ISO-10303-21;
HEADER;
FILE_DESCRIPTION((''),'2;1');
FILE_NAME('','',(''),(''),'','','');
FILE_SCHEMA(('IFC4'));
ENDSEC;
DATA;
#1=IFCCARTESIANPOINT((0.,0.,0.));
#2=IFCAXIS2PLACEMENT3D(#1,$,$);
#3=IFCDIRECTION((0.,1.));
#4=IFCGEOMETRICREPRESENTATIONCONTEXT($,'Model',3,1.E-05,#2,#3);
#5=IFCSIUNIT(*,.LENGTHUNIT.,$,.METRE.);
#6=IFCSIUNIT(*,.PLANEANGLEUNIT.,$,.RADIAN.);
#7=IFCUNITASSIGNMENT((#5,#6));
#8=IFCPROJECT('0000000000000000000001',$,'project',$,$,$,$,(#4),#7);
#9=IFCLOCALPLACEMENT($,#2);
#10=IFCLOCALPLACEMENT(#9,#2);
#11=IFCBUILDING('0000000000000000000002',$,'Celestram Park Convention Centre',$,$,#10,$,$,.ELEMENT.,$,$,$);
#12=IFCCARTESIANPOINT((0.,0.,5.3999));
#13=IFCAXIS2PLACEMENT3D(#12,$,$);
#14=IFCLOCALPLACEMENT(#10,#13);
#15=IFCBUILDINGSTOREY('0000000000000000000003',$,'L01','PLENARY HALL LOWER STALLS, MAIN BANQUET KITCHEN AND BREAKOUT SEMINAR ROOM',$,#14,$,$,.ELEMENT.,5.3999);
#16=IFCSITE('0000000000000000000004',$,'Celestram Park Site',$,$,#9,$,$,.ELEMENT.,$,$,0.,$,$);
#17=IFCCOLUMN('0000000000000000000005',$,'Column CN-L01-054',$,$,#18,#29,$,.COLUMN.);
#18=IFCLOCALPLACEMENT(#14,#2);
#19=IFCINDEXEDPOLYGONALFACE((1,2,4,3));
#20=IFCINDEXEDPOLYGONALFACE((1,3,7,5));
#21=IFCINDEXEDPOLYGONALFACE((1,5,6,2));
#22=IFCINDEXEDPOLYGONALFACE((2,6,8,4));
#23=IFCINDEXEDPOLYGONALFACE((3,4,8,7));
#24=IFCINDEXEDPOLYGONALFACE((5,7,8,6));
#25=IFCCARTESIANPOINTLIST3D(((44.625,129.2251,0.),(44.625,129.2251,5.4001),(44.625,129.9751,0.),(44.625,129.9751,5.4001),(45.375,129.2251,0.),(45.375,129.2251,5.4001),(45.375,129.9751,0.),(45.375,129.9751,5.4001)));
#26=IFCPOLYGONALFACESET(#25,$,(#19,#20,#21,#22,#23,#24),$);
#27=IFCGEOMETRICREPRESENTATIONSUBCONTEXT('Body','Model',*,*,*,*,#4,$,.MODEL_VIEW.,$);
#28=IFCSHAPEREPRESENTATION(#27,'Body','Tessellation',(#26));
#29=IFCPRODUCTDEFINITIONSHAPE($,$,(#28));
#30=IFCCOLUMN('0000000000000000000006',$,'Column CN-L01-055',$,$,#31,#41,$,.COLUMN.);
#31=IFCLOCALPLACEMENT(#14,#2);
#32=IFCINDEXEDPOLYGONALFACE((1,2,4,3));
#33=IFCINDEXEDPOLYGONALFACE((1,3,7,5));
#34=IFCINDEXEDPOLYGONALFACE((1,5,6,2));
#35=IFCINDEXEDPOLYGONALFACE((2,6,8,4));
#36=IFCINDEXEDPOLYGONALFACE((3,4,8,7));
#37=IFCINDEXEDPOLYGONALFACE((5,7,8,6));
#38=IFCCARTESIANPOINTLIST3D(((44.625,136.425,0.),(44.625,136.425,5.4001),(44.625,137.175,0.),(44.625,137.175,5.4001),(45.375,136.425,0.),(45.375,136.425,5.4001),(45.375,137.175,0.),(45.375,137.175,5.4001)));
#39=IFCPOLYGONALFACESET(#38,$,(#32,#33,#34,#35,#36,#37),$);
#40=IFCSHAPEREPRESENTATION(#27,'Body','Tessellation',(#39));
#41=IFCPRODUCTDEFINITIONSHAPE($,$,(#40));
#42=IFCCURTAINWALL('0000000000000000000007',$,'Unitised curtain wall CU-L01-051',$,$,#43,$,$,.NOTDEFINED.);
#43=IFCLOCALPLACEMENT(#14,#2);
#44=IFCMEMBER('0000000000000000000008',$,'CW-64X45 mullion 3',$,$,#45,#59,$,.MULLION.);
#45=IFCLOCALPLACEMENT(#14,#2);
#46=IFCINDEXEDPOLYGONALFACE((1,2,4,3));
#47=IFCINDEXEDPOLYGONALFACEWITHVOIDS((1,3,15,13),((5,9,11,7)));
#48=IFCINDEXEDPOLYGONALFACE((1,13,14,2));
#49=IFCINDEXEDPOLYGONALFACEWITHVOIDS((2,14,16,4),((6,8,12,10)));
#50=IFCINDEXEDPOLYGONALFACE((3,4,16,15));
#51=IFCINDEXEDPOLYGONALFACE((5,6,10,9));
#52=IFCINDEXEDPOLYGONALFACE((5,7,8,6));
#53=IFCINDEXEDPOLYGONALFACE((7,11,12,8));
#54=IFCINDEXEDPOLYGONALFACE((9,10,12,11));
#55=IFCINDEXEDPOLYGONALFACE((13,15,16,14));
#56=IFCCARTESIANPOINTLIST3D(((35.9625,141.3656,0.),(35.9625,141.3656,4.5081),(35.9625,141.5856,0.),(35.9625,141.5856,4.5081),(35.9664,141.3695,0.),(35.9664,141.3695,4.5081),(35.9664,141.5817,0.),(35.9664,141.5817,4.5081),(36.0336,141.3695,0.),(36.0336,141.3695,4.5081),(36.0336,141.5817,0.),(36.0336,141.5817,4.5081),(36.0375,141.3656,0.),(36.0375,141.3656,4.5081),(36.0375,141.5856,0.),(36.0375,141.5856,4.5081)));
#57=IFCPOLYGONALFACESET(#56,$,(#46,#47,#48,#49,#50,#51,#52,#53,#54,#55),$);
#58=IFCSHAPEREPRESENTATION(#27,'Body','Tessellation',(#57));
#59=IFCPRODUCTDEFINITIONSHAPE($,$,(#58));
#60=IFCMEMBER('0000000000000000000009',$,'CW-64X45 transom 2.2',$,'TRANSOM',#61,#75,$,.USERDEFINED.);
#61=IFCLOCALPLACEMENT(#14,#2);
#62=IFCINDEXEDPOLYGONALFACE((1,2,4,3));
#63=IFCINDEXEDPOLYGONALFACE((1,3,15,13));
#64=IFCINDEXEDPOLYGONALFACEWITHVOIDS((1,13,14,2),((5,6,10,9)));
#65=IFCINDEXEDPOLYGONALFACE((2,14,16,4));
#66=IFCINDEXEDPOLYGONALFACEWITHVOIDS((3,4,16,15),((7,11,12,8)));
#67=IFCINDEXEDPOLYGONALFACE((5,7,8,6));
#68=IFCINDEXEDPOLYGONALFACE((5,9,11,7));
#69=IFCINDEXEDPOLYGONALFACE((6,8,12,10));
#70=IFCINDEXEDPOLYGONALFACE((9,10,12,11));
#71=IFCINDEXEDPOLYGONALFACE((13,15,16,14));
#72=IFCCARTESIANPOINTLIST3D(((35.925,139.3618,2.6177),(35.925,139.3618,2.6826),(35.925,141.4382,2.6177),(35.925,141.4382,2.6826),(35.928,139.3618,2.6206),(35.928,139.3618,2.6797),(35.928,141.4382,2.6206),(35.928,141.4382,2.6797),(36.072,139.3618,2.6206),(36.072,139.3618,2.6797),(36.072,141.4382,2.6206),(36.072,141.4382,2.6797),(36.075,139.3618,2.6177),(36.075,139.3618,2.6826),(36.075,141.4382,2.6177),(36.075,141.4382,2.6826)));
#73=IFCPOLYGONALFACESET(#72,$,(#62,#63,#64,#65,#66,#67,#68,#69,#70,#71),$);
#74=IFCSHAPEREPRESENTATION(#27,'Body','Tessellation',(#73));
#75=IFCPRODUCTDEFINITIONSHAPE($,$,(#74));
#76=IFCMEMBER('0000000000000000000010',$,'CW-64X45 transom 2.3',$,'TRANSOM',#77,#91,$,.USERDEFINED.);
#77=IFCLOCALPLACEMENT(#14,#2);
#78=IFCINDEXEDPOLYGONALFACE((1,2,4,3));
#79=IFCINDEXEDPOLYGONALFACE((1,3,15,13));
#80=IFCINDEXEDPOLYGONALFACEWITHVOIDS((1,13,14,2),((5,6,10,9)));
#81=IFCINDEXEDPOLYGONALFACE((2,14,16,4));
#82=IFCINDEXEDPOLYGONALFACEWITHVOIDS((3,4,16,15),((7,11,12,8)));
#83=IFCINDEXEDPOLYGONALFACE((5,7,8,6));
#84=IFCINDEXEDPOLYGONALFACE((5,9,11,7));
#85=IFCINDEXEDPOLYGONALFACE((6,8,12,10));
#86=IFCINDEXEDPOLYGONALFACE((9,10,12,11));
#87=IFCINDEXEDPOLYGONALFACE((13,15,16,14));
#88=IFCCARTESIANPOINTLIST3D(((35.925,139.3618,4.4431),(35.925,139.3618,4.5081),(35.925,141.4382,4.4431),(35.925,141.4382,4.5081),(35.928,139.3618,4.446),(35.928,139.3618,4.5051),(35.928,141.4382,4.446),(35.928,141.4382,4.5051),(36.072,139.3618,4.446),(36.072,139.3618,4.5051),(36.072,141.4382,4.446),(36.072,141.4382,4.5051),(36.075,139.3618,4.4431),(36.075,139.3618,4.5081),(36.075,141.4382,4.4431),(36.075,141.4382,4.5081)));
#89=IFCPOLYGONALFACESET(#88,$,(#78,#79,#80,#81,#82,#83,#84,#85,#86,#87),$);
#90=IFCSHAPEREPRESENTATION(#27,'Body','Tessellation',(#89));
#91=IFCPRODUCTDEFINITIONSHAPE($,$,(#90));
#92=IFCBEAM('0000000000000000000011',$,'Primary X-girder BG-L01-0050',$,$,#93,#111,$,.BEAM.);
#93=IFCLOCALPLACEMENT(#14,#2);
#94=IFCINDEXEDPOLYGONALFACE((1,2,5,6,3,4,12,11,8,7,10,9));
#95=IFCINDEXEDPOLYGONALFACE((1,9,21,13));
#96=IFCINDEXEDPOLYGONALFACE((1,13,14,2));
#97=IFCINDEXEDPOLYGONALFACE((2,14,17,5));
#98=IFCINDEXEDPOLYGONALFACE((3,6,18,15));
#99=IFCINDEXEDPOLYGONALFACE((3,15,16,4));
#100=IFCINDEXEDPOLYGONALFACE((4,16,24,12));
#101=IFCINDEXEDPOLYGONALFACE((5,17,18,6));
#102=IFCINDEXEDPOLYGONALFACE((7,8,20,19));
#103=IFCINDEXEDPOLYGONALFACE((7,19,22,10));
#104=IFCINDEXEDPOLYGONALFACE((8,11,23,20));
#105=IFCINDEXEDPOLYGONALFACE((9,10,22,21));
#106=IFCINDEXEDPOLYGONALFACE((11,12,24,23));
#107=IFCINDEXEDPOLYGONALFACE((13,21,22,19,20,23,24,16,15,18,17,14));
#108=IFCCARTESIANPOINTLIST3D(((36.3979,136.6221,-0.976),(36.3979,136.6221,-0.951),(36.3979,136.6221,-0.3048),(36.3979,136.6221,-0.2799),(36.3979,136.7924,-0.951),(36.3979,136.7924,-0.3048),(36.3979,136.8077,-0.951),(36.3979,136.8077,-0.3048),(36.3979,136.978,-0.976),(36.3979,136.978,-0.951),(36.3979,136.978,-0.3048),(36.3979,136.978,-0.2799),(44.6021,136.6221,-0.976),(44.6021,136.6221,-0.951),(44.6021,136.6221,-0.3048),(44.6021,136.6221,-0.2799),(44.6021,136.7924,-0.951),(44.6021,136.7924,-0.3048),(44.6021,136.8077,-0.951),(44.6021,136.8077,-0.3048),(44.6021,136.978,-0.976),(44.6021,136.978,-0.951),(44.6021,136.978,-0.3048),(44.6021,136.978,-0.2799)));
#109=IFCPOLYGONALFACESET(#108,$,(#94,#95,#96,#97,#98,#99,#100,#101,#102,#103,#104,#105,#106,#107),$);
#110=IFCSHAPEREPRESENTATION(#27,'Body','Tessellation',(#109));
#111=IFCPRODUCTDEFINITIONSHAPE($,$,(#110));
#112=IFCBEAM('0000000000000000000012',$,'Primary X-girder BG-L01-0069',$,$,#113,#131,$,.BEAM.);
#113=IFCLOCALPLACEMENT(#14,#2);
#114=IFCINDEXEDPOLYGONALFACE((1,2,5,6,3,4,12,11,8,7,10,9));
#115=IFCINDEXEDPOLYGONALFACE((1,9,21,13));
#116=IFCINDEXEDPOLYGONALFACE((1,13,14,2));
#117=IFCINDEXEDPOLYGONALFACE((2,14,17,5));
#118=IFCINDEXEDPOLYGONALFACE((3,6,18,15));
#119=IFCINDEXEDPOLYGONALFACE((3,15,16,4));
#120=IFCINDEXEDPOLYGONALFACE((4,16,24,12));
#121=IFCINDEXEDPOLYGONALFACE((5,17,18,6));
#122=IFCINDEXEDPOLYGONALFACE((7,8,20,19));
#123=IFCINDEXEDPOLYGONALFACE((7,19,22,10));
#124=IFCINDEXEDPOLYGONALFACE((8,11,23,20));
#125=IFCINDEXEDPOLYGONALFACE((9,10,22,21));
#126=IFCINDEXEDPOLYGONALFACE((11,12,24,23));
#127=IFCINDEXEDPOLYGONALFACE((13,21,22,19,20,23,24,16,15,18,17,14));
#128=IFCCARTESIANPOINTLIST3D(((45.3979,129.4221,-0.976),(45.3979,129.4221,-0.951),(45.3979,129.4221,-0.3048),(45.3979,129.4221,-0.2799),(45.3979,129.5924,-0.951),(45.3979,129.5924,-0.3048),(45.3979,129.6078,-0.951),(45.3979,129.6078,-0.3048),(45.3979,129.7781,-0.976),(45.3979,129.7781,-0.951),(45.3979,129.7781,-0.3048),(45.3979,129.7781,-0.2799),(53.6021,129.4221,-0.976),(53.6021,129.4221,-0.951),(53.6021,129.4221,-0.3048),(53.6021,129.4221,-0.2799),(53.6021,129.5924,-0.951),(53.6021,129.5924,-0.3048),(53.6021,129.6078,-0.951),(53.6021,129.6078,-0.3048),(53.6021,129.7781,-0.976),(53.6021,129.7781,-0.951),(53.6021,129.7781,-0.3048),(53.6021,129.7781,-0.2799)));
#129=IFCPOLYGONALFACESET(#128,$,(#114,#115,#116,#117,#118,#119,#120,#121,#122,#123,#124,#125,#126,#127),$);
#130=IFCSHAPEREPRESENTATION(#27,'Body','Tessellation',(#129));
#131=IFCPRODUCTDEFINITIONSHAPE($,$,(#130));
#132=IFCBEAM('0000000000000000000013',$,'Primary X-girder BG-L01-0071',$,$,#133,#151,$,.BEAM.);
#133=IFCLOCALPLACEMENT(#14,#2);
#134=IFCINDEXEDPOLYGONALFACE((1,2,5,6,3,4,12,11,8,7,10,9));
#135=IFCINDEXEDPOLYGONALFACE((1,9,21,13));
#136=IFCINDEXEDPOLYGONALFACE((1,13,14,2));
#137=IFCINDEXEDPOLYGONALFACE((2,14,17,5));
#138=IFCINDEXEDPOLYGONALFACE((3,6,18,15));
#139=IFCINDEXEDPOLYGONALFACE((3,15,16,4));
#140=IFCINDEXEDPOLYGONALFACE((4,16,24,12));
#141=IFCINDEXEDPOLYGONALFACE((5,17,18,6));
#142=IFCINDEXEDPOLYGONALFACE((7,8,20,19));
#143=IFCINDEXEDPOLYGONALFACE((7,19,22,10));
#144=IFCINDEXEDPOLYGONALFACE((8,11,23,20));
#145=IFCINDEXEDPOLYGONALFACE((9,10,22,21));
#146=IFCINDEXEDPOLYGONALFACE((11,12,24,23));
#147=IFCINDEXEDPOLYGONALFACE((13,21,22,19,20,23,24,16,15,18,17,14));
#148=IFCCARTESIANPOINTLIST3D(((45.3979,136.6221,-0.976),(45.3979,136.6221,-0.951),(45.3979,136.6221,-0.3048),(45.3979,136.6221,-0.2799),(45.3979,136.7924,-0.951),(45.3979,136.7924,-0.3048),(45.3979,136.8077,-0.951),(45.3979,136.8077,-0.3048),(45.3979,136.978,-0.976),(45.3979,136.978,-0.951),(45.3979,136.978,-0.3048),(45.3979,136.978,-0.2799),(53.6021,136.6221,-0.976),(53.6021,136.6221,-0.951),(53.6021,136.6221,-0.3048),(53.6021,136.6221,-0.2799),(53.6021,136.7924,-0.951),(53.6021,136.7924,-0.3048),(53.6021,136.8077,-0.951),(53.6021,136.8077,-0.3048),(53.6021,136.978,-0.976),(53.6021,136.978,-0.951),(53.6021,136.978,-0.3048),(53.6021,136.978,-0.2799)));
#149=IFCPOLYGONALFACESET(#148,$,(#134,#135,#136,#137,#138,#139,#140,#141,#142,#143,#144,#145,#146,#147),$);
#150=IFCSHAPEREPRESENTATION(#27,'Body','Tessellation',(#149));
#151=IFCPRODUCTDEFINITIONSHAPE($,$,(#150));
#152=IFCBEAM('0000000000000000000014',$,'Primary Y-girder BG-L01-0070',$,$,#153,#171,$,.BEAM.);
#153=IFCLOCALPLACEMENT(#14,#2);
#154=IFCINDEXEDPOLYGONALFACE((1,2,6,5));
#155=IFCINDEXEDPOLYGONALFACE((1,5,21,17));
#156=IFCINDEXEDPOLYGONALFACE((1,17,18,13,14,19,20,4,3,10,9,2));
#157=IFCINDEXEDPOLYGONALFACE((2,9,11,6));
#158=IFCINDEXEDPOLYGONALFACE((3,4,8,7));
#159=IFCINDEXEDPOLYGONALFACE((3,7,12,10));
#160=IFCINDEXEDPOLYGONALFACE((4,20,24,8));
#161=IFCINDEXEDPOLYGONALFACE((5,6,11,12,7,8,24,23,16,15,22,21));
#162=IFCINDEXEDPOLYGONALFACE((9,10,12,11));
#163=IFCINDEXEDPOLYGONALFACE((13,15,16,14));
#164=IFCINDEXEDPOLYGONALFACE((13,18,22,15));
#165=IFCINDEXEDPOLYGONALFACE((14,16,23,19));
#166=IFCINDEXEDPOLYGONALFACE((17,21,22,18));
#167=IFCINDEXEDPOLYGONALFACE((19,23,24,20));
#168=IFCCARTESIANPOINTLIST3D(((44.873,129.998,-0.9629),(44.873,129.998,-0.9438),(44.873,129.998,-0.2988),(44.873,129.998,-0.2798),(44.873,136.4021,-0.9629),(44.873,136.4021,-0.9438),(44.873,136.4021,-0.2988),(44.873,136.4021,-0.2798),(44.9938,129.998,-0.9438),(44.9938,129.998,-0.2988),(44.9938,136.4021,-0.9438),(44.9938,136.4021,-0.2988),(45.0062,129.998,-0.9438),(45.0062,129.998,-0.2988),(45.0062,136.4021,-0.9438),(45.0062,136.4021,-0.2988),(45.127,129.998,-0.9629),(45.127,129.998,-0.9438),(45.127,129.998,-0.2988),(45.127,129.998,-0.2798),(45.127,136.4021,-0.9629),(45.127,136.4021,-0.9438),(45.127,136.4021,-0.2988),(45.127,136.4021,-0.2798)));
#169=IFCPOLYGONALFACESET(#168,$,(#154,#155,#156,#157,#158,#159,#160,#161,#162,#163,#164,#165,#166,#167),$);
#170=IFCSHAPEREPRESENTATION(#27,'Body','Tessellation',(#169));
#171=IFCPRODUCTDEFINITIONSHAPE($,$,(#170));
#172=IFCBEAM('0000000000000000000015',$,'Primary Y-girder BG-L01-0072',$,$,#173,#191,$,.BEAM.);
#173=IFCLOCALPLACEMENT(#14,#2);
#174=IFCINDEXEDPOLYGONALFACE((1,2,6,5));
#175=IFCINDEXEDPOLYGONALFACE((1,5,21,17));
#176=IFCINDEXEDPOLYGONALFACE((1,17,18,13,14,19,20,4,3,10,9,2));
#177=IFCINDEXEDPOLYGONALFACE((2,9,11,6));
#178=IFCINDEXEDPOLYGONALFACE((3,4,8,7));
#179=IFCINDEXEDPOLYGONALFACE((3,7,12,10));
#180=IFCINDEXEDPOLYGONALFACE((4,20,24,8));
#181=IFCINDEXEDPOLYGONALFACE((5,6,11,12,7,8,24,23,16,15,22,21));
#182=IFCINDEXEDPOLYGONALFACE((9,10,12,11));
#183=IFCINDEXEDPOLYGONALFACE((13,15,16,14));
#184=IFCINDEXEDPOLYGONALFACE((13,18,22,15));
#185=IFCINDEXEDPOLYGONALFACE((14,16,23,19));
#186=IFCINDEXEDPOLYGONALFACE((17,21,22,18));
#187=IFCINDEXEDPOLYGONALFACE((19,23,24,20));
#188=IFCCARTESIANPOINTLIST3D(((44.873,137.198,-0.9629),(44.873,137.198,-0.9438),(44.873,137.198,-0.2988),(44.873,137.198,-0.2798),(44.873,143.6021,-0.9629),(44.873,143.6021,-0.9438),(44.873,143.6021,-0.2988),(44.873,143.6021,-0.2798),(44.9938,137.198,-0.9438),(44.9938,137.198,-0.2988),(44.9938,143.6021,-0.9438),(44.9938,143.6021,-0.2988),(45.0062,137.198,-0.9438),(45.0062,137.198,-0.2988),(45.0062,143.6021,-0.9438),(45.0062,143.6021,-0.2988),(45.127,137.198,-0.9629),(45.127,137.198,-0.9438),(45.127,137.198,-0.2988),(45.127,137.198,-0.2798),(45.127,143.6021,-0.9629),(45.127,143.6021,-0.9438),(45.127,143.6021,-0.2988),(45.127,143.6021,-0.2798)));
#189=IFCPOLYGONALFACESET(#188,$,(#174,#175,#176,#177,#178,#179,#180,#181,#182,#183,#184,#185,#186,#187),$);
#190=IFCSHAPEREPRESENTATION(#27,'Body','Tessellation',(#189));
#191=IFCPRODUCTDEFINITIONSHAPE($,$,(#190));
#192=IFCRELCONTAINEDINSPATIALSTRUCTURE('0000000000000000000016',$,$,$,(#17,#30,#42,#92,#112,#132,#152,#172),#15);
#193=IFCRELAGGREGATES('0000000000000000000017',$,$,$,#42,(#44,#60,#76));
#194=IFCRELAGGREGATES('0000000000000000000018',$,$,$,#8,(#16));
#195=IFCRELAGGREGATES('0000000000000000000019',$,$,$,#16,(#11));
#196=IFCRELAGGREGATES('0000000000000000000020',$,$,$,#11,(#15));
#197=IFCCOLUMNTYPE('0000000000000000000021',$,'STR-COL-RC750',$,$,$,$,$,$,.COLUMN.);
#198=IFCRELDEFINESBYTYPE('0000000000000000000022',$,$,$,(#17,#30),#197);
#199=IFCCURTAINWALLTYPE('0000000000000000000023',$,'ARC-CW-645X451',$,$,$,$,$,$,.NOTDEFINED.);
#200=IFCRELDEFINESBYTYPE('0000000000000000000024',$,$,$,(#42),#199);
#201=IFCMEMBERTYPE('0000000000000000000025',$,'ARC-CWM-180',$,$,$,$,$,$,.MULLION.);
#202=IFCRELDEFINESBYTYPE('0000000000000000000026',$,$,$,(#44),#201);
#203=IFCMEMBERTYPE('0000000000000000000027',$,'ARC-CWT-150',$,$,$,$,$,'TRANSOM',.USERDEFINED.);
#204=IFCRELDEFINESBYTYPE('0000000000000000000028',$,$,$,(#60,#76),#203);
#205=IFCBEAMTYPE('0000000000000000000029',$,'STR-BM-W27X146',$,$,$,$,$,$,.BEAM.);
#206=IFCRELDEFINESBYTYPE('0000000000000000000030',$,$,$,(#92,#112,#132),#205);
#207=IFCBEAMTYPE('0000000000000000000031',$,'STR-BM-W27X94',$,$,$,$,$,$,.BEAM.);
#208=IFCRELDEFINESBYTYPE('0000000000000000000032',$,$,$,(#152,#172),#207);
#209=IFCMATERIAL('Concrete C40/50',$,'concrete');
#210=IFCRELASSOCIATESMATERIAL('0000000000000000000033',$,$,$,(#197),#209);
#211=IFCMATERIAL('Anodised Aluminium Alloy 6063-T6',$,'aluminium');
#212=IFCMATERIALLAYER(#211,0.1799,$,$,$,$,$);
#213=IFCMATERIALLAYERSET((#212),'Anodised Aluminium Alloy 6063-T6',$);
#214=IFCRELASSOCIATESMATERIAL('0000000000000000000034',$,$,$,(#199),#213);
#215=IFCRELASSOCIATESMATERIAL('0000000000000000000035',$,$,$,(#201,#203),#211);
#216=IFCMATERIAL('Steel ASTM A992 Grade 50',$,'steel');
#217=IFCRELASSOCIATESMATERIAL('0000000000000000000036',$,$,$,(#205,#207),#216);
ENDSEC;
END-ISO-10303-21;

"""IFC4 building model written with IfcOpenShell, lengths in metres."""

from ifc_helpers import new_model, si_unit, direction, frame, origin, origin_2d, place, context, subcontext, project, spatial, rectangle, hollow_rectangle, i_section, extrude, material, layer, layer_set, material_profile, profile_set, type_object, element, aggregate, save


model = new_model("IFC4")

# Units and contexts
model_context = context("Model", 3, precision=1e-05, world=origin(), true_north=direction((0.0, 1.0)))
body_context = subcontext(model_context, "Body", "Model", "MODEL_VIEW")
ifc_project = project(units=[si_unit("LENGTHUNIT", "METRE"), si_unit("PLANEANGLEUNIT", "RADIAN")], contexts=[model_context])

# Site, building, storey
site_placement = place(None, origin())
site = spatial("IfcSite", under=ifc_project, at=site_placement, Name="Celestram Park Site", CompositionType="ELEMENT", RefElevation=0.0)
building_placement = place(site_placement, origin())
building = spatial("IfcBuilding", under=site, at=building_placement, Name="Celestram Park Convention Centre", CompositionType="ELEMENT")
storey_placement = place(building_placement, frame((0.0, 0.0, 5.3999)))
storey = spatial("IfcBuildingStorey", under=building, at=storey_placement, Name="L01", Description="PLENARY HALL LOWER STALLS, MAIN BANQUET KITCHEN AND BREAKOUT SEMINAR ROOM", CompositionType="ELEMENT", Elevation=5.3999)

# Columns
ifc_material_1 = material(Name="Concrete C40/50", Category="concrete")
ifc_material_profile_1 = material_profile(ifc_material_1, rectangle(XDim=0.75, YDim=0.75, at=origin_2d()), Name="RC750X750")
ifc_profile_set_1 = profile_set([ifc_material_profile_1], Name="Concrete C40/50")
column_type = type_object("IfcColumnType", Name="STR-COL-RC750", PredefinedType="COLUMN", material=ifc_profile_set_1)
for number, where, z_axis, x_axis, name in (
    (1, (45.0, 129.6001, 0.0), (0.0, 0.0, 1.0), (1.0, 0.0, 0.0), "Column CN-L01-054"),
    (2, (45.0, 136.8, 0.0), (0.0, 0.0, 1.0), (1.0, 0.0, 0.0), "Column CN-L01-055"),
):
    element("IfcColumn", number, at=place(storey_placement, frame(where, z_axis=z_axis, x_axis=x_axis)), inside=storey, type_object=column_type, Name=name, PredefinedType="COLUMN", context=body_context, shape_type="SweptSolid", body=[
        extrude(rectangle(XDim=0.75, YDim=0.75, at=origin_2d()), origin(), (0.0, 0.0, 1.0), 5.4001),
    ])

# Curtain wall, members
ifc_material_2 = material(Name="Anodised Aluminium Alloy 6063-T6", Category="aluminium")
ifc_layer_1 = layer(ifc_material_2, 0.1799)
ifc_layer_set_1 = layer_set([ifc_layer_1], Name="Anodised Aluminium Alloy 6063-T6")
curtain_wall_type = type_object("IfcCurtainWallType", Name="ARC-CW-645X451", PredefinedType="NOTDEFINED", material=ifc_layer_set_1)
curtain_wall_placement = place(storey_placement, origin())
curtain_wall = element("IfcCurtainWall", 3, at=curtain_wall_placement, inside=storey, type_object=curtain_wall_type, Name="Unitised curtain wall CU-L01-051", PredefinedType="NOTDEFINED")
ifc_material_profile_2 = material_profile(ifc_material_2, hollow_rectangle(XDim=0.075, YDim=0.22, WallThickness=0.0039, at=origin_2d()), Name="ALU75X220X4")
ifc_profile_set_2 = profile_set([ifc_material_profile_2], Name="Anodised Aluminium Alloy 6063-T6")
member_type_1 = type_object("IfcMemberType", Name="ARC-CWM-180", PredefinedType="MULLION", material=ifc_profile_set_2)
member_1_placement = place(storey_placement, frame((36.0, 141.4756, 0.0), z_axis=(0.0, 0.0, 1.0), x_axis=(-1.0, 0.0, 0.0)))
member_1 = element("IfcMember", 4, at=member_1_placement, type_object=member_type_1, Name="CW-64X45 mullion 3", PredefinedType="MULLION", context=body_context, shape_type="SweptSolid", body=[
    extrude(hollow_rectangle(XDim=0.075, YDim=0.22, WallThickness=0.0039, at=origin_2d()), origin(), (0.0, 0.0, 1.0), 4.5081),
])
ifc_material_profile_3 = material_profile(ifc_material_2, hollow_rectangle(XDim=0.1499, YDim=0.0649, WallThickness=0.0029, at=origin_2d()), Name="ALU150X65X3")
ifc_profile_set_3 = profile_set([ifc_material_profile_3], Name="Anodised Aluminium Alloy 6063-T6")
member_type_2 = type_object("IfcMemberType", Name="ARC-CWT-150", ElementType="TRANSOM", PredefinedType="USERDEFINED", material=ifc_profile_set_3)
member_2_placement = place(storey_placement, frame((36.0, 139.3618, 2.6501), z_axis=(0.0, 1.0, 0.0), x_axis=(-1.0, 0.0, 0.0)))
member_2 = element("IfcMember", 5, at=member_2_placement, type_object=member_type_2, Name="CW-64X45 transom 2.2", ObjectType="TRANSOM", PredefinedType="USERDEFINED", context=body_context, shape_type="SweptSolid", body=[
    extrude(hollow_rectangle(XDim=0.1499, YDim=0.0649, WallThickness=0.0029, at=origin_2d()), origin(), (0.0, 0.0, 1.0), 2.0764),
])
member_3_placement = place(storey_placement, frame((36.0, 139.3618, 4.4756), z_axis=(0.0, 1.0, 0.0), x_axis=(-1.0, 0.0, 0.0)))
member_3 = element("IfcMember", 6, at=member_3_placement, type_object=member_type_2, Name="CW-64X45 transom 2.3", ObjectType="TRANSOM", PredefinedType="USERDEFINED", context=body_context, shape_type="SweptSolid", body=[
    extrude(hollow_rectangle(XDim=0.1499, YDim=0.0649, WallThickness=0.0029, at=origin_2d()), origin(), (0.0, 0.0, 1.0), 2.0764),
])

# Beams
ifc_material_3 = material(Name="Steel ASTM A992 Grade 50", Category="steel")
ifc_material_profile_4 = material_profile(ifc_material_3, i_section(OverallWidth=0.356, OverallDepth=0.696, WebThickness=0.0154, FlangeThickness=0.0249, at=origin_2d()), Name="W27X146")
ifc_profile_set_4 = profile_set([ifc_material_profile_4], Name="Steel ASTM A992 Grade 50")
beam_type_1 = type_object("IfcBeamType", Name="STR-BM-W27X146", PredefinedType="BEAM", material=ifc_profile_set_4)
for number, where, z_axis, x_axis, name in (
    (7, (36.3979, 136.8, -0.6279), (1.0, 0.0, 0.0), (0.0, 1.0, 0.0), "Primary X-girder BG-L01-0050"),
    (8, (45.3979, 129.6001, -0.6279), (1.0, 0.0, 0.0), (0.0, 1.0, 0.0), "Primary X-girder BG-L01-0069"),
    (9, (45.3979, 136.8, -0.6279), (1.0, 0.0, 0.0), (0.0, 1.0, 0.0), "Primary X-girder BG-L01-0071"),
):
    element("IfcBeam", number, at=place(storey_placement, frame(where, z_axis=z_axis, x_axis=x_axis)), inside=storey, type_object=beam_type_1, Name=name, PredefinedType="BEAM", context=body_context, shape_type="SweptSolid", body=[
        extrude(i_section(OverallWidth=0.356, OverallDepth=0.696, WebThickness=0.0154, FlangeThickness=0.0249, at=origin_2d()), origin(), (0.0, 0.0, 1.0), 8.2041),
    ])
ifc_material_profile_5 = material_profile(ifc_material_3, i_section(OverallWidth=0.2539, OverallDepth=0.6831, WebThickness=0.0125, FlangeThickness=0.019, at=origin_2d()), Name="W27X94")
ifc_profile_set_5 = profile_set([ifc_material_profile_5], Name="Steel ASTM A992 Grade 50")
beam_type_2 = type_object("IfcBeamType", Name="STR-BM-W27X94", PredefinedType="BEAM", material=ifc_profile_set_5)
for number, where, z_axis, x_axis, name in (
    (10, (45.0, 129.998, -0.6213), (0.0, 1.0, 0.0), (-1.0, 0.0, 0.0), "Primary Y-girder BG-L01-0070"),
    (11, (45.0, 137.198, -0.6213), (0.0, 1.0, 0.0), (-1.0, 0.0, 0.0), "Primary Y-girder BG-L01-0072"),
):
    element("IfcBeam", number, at=place(storey_placement, frame(where, z_axis=z_axis, x_axis=x_axis)), inside=storey, type_object=beam_type_2, Name=name, PredefinedType="BEAM", context=body_context, shape_type="SweptSolid", body=[
        extrude(i_section(OverallWidth=0.2539, OverallDepth=0.6831, WebThickness=0.0125, FlangeThickness=0.019, at=origin_2d()), origin(), (0.0, 0.0, 1.0), 6.4041),
    ])

aggregate(curtain_wall, [member_1, member_2, member_3])

save(model, "model.ifc")
